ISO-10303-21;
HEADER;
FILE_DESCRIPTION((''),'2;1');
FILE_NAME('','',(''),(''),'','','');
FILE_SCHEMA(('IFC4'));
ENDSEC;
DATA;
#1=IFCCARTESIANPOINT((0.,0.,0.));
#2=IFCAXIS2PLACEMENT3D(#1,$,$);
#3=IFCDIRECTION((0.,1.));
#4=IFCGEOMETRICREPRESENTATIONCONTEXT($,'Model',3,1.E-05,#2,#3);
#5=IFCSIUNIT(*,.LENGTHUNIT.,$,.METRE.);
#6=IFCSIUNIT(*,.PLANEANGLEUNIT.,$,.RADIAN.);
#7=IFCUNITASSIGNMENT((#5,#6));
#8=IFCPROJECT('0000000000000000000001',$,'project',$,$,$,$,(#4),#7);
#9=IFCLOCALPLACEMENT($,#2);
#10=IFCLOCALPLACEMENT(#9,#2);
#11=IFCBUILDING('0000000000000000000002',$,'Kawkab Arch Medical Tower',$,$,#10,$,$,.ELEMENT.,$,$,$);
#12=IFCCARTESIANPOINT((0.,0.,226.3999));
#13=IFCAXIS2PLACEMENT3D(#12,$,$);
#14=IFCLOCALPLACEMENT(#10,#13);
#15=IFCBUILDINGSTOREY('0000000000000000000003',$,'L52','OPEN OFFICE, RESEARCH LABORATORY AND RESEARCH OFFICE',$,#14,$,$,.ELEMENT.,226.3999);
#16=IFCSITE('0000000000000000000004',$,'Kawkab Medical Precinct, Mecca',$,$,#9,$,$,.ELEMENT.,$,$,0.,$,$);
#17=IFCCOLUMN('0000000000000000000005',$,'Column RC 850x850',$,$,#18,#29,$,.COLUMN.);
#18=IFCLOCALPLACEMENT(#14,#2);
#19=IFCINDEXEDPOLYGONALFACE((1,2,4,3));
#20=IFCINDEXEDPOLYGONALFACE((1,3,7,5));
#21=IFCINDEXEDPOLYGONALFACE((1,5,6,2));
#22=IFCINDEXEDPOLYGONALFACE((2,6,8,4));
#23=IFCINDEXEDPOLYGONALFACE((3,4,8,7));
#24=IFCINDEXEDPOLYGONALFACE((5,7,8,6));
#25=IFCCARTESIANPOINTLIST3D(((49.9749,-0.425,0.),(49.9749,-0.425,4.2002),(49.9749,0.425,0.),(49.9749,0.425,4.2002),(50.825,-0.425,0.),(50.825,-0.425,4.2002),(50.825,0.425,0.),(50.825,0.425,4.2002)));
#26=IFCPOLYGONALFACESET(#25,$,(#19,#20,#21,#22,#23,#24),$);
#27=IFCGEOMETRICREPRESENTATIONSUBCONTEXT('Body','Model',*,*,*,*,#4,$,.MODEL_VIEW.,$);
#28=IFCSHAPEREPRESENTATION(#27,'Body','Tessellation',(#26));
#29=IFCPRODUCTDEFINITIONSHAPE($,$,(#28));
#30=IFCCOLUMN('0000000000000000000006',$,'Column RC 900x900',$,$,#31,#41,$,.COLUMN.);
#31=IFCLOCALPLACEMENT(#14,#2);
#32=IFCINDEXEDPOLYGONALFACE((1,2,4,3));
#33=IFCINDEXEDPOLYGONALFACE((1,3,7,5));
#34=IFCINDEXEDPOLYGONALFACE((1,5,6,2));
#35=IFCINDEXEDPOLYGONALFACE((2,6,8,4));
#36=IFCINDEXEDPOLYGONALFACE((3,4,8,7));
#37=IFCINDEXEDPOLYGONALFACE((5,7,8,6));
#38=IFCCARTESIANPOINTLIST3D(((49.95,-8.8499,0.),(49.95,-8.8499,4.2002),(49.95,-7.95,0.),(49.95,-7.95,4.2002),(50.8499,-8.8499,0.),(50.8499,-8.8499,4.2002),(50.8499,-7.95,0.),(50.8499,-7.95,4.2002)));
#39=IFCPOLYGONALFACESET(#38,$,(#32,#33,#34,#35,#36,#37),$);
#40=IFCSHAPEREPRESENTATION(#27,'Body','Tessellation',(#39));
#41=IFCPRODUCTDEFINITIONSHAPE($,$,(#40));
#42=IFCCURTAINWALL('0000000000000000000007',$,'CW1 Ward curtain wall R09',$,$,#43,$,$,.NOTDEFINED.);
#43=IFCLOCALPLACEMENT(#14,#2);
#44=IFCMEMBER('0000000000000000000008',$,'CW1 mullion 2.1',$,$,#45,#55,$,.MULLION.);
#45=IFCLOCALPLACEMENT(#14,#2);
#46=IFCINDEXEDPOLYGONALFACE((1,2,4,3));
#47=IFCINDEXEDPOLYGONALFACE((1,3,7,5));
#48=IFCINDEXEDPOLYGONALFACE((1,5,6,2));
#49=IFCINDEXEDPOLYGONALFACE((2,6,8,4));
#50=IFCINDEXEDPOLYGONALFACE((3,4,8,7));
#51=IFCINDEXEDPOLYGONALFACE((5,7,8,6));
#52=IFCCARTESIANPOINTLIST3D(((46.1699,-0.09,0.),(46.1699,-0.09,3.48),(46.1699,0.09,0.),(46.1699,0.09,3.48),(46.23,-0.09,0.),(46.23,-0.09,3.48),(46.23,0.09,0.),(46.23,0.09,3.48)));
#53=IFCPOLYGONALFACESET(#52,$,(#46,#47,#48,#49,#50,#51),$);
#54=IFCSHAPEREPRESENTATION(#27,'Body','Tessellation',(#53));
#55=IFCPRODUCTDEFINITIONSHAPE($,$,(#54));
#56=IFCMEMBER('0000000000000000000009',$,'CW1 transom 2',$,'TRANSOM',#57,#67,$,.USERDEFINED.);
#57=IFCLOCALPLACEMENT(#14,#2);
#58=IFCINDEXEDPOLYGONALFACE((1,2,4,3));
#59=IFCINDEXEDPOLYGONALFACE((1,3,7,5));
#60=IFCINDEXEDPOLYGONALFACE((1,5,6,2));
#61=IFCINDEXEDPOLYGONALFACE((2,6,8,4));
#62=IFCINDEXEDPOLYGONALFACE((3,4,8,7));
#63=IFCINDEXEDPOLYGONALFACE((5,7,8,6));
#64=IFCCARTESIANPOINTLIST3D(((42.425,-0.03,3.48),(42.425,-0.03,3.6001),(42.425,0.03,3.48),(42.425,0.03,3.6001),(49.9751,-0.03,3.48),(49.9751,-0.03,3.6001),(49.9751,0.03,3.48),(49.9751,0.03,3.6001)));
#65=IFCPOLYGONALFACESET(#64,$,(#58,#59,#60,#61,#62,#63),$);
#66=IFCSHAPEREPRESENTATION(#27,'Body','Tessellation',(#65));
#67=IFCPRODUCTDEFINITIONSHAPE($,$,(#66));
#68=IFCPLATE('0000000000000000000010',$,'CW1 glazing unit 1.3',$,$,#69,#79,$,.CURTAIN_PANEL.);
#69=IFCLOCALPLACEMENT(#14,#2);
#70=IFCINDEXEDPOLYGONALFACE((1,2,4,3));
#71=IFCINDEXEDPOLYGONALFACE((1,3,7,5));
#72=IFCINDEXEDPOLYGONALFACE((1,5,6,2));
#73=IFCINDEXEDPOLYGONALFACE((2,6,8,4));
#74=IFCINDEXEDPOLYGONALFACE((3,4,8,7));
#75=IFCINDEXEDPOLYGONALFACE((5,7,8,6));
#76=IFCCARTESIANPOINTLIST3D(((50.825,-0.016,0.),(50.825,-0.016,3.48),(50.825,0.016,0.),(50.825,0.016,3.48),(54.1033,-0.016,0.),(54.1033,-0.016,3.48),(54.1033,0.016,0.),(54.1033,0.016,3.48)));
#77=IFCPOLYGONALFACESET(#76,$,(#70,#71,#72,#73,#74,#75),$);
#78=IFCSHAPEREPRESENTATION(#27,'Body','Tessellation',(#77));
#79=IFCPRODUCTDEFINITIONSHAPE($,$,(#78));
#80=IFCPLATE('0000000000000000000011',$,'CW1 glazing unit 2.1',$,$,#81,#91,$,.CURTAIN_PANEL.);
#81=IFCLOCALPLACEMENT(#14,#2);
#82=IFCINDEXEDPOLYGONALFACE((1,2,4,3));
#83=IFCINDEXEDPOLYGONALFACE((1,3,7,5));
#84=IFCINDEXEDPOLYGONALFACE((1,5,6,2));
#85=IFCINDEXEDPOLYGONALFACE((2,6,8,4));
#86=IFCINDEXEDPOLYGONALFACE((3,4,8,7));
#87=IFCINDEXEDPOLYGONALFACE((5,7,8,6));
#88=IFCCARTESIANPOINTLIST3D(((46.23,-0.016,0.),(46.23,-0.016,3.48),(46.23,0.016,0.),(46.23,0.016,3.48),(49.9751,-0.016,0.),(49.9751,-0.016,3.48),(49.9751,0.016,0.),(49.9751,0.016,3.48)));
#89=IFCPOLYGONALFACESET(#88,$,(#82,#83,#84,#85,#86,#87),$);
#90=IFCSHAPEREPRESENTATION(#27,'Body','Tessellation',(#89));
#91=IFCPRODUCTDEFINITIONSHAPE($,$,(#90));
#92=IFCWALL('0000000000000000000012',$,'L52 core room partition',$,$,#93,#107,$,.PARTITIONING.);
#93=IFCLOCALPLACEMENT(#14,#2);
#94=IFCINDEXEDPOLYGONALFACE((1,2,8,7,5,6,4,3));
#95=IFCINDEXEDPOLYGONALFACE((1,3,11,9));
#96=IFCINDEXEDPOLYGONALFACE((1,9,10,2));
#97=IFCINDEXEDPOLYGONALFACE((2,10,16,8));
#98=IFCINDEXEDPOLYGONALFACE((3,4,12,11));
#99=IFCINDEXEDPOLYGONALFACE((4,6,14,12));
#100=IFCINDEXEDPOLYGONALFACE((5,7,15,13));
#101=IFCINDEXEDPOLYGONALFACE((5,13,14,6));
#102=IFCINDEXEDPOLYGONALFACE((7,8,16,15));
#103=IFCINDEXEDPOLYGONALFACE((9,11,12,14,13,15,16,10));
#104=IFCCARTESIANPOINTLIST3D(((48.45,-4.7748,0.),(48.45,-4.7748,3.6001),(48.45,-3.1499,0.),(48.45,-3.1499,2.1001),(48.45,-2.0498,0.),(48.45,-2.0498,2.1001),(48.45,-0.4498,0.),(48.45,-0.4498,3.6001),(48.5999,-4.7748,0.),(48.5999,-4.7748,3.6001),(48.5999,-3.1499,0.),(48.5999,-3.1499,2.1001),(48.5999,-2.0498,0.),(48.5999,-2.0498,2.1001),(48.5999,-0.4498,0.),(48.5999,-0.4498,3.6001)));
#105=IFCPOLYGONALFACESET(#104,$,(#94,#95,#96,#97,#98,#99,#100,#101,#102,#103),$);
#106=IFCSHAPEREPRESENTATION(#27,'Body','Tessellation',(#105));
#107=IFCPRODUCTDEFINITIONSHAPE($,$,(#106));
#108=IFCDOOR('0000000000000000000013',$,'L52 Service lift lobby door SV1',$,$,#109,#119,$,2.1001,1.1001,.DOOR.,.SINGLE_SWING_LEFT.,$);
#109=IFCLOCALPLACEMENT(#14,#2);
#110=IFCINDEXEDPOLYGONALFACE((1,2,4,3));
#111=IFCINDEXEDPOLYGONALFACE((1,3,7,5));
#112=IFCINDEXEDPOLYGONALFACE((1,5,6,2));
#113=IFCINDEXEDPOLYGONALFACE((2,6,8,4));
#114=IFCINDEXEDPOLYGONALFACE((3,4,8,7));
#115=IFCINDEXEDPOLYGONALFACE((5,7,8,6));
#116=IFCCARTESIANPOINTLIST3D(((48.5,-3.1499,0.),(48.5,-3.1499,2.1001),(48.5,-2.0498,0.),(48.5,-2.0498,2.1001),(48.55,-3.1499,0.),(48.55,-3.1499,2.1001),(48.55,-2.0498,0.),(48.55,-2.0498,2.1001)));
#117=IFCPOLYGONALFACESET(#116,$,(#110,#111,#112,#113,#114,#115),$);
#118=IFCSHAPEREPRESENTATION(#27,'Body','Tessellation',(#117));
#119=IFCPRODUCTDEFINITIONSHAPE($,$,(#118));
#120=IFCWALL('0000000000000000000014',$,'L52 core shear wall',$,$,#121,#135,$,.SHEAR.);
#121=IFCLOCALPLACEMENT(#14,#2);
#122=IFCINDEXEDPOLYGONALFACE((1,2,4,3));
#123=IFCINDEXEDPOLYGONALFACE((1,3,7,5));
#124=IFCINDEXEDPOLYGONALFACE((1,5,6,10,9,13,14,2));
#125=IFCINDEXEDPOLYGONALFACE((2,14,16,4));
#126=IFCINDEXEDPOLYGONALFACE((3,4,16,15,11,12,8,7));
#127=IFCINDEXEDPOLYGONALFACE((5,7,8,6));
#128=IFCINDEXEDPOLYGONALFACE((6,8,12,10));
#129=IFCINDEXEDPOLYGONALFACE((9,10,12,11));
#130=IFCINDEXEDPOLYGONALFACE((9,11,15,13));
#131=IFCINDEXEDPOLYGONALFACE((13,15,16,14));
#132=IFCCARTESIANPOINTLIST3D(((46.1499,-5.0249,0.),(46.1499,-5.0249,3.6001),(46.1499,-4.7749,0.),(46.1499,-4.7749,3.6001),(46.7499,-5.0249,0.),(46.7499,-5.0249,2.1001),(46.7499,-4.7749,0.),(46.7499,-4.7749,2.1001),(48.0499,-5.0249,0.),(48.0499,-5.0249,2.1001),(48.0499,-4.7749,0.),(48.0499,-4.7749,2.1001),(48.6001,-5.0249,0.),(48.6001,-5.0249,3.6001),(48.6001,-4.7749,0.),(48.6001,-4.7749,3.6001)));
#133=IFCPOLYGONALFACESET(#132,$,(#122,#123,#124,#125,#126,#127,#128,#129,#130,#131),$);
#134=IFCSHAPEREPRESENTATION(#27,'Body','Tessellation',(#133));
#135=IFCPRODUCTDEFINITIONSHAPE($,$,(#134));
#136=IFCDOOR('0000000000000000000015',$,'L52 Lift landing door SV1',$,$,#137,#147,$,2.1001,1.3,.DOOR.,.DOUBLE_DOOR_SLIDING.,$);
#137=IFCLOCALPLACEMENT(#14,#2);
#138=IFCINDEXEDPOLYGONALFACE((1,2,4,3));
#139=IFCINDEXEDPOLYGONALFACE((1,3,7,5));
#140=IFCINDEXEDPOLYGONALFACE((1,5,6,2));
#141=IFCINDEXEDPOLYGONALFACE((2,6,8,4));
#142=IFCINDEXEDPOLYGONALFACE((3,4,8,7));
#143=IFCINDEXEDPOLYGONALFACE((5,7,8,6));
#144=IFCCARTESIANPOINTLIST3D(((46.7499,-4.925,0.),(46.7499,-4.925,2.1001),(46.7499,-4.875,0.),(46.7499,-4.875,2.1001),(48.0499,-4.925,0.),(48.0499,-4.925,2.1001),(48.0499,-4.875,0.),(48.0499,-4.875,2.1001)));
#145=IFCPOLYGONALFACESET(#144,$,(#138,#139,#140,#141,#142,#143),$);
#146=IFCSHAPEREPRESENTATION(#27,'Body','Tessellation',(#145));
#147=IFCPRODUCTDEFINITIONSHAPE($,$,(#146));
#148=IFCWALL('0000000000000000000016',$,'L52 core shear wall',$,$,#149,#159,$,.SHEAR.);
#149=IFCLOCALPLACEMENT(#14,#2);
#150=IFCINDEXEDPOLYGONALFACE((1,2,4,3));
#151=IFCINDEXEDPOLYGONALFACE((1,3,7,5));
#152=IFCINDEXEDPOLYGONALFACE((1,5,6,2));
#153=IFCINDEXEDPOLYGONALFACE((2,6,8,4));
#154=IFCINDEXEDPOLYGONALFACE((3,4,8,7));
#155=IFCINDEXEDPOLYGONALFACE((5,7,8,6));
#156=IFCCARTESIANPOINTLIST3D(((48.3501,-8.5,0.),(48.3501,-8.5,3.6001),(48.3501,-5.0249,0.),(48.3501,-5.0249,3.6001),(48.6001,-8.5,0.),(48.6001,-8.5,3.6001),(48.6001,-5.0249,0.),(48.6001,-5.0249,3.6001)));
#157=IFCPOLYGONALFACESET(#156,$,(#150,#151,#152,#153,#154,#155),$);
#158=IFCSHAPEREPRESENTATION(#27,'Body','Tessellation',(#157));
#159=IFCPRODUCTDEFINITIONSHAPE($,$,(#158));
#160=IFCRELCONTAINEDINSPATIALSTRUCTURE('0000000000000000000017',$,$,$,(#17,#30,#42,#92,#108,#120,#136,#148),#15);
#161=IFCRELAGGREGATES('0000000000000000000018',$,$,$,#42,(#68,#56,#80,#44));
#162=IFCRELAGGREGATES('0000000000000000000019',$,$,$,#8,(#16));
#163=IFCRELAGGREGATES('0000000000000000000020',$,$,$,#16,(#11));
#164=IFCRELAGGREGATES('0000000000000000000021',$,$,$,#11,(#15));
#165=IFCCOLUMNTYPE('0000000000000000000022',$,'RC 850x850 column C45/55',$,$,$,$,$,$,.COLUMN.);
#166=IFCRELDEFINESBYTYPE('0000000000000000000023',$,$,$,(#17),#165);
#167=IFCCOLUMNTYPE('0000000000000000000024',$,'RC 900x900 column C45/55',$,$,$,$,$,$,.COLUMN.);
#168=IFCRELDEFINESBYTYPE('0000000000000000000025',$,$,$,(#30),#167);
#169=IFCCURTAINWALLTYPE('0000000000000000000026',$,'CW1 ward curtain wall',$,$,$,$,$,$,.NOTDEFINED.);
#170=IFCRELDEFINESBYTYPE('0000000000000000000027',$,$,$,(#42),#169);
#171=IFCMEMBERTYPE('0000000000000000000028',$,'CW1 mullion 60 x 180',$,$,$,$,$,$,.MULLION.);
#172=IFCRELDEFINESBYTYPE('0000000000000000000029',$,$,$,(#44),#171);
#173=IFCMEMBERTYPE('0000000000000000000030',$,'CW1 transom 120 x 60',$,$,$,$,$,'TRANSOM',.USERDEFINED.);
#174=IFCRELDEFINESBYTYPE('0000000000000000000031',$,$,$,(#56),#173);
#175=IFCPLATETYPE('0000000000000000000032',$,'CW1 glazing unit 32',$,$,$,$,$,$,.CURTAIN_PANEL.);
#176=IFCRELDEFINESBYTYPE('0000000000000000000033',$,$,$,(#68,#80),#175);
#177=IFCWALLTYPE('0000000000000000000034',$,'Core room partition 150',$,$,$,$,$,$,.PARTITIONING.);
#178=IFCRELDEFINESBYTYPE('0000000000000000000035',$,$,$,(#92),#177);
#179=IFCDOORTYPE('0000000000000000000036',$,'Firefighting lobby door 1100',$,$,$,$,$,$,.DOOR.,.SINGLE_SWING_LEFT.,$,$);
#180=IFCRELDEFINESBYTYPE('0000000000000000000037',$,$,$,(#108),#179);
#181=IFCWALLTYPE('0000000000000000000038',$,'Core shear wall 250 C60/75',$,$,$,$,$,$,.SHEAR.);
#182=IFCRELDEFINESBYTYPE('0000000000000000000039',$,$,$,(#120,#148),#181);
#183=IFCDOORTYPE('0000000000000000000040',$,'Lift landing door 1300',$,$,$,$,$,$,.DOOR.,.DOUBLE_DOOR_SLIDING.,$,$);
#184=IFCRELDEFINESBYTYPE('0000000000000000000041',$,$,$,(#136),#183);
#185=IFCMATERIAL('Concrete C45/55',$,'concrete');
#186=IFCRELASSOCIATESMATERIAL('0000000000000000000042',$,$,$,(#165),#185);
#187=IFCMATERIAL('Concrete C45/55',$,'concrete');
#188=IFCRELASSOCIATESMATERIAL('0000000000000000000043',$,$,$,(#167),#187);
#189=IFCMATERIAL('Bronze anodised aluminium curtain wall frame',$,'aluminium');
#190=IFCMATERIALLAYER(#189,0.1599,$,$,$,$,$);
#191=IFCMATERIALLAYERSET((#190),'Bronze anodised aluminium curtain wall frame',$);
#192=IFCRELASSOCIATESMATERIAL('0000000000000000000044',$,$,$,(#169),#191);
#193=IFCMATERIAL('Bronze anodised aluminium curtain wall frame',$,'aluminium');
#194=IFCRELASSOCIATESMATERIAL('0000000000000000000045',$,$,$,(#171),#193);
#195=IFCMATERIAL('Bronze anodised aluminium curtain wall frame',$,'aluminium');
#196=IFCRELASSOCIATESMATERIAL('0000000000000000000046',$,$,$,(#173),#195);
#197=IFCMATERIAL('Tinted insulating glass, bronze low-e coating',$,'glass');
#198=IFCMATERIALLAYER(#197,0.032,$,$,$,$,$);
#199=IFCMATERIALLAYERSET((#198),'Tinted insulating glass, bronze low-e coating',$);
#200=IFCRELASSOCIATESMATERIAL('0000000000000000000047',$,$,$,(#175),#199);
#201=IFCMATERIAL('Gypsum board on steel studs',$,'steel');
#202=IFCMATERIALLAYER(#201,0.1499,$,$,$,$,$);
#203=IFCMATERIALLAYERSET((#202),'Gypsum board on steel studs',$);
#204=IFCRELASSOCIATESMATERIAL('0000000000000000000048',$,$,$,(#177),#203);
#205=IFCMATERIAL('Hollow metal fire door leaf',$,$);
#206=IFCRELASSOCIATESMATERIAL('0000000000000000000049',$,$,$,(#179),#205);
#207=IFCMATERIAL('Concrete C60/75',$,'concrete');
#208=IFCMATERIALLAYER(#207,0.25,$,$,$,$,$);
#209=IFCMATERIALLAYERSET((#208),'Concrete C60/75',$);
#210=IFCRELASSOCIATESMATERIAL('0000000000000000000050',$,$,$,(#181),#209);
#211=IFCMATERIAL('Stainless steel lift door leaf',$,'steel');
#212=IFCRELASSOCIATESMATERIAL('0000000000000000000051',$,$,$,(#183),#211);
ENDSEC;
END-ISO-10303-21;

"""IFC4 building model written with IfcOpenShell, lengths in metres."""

from ifc_helpers import new_model, si_unit, direction, frame, frame_2d, origin, origin_2d, place, context, subcontext, project, spatial, rectangle, extrude, material, layer, layer_set, material_profile, profile_set, type_object, element, fill, aggregate, save


model = new_model("IFC4")

# Units and contexts
model_context = context("Model", 3, precision=1e-05, world=origin(), true_north=direction((0.0, 1.0)))
body_context = subcontext(model_context, "Body", "Model", "MODEL_VIEW")
ifc_project = project(units=[si_unit("LENGTHUNIT", "METRE"), si_unit("PLANEANGLEUNIT", "RADIAN")], contexts=[model_context])

# Site, building, storey
site_placement = place(None, origin())
site = spatial("IfcSite", under=ifc_project, at=site_placement, Name="Kawkab Medical Precinct, Mecca", CompositionType="ELEMENT", RefElevation=0.0)
building_placement = place(site_placement, origin())
building = spatial("IfcBuilding", under=site, at=building_placement, Name="Kawkab Arch Medical Tower", CompositionType="ELEMENT")
storey_placement = place(building_placement, frame((0.0, 0.0, 226.3999)))
storey = spatial("IfcBuildingStorey", under=building, at=storey_placement, Name="L52", Description="OPEN OFFICE, RESEARCH LABORATORY AND RESEARCH OFFICE", CompositionType="ELEMENT", Elevation=226.3999)

# Columns
ifc_material_1 = material(Name="Concrete C45/55", Category="concrete")
ifc_material_profile_1 = material_profile(ifc_material_1, rectangle(XDim=0.8501, YDim=0.8501, at=origin_2d()), Name="RC 850x850")
ifc_profile_set_1 = profile_set([ifc_material_profile_1], Name="Concrete C45/55")
column_type_1 = type_object("IfcColumnType", Name="RC 850x850 column C45/55", PredefinedType="COLUMN", material=ifc_profile_set_1)
column_1_placement = place(storey_placement, frame((50.3999, 0.0, 0.0), z_axis=(0.0, 0.0, 1.0), x_axis=(1.0, 0.0, 0.0)))
element("IfcColumn", 1, at=column_1_placement, inside=storey, type_object=column_type_1, Name="Column RC 850x850", PredefinedType="COLUMN", context=body_context, shape_type="SweptSolid", body=[
    extrude(rectangle(XDim=0.8501, YDim=0.8501, at=origin_2d()), origin(), (0.0, 0.0, 1.0), 4.2002),
])
ifc_material_2 = material(Name="Concrete C45/55", Category="concrete")
ifc_material_profile_2 = material_profile(ifc_material_2, rectangle(XDim=0.8999, YDim=0.8999, at=origin_2d()), Name="RC 900x900")
ifc_profile_set_2 = profile_set([ifc_material_profile_2], Name="Concrete C45/55")
column_type_2 = type_object("IfcColumnType", Name="RC 900x900 column C45/55", PredefinedType="COLUMN", material=ifc_profile_set_2)
column_2_placement = place(storey_placement, frame((50.3999, -8.3999, 0.0), z_axis=(0.0, 0.0, 1.0), x_axis=(1.0, 0.0, 0.0)))
element("IfcColumn", 2, at=column_2_placement, inside=storey, type_object=column_type_2, Name="Column RC 900x900", PredefinedType="COLUMN", context=body_context, shape_type="SweptSolid", body=[
    extrude(rectangle(XDim=0.8999, YDim=0.8999, at=origin_2d()), origin(), (0.0, 0.0, 1.0), 4.2002),
])

# Curtain wall, members, plates
ifc_material_3 = material(Name="Bronze anodised aluminium curtain wall frame", Category="aluminium")
ifc_layer_1 = layer(ifc_material_3, 0.1599)
ifc_layer_set_1 = layer_set([ifc_layer_1], Name="Bronze anodised aluminium curtain wall frame")
curtain_wall_type = type_object("IfcCurtainWallType", Name="CW1 ward curtain wall", PredefinedType="NOTDEFINED", material=ifc_layer_set_1)
placement = place(storey_placement, origin())
curtain_wall = element("IfcCurtainWall", 3, at=placement, inside=storey, type_object=curtain_wall_type, Name="CW1 Ward curtain wall R09", PredefinedType="NOTDEFINED")
ifc_material_4 = material(Name="Bronze anodised aluminium curtain wall frame", Category="aluminium")
ifc_material_profile_3 = material_profile(ifc_material_4, rectangle(XDim=0.1799, YDim=0.0601, at=origin_2d()), Name="AL 60x180")
ifc_profile_set_3 = profile_set([ifc_material_profile_3], Name="Bronze anodised aluminium curtain wall frame")
member_type_1 = type_object("IfcMemberType", Name="CW1 mullion 60 x 180", PredefinedType="MULLION", material=ifc_profile_set_3)
member_1_placement = place(storey_placement, frame((46.2, 0.0, 0.0), z_axis=(0.0, 0.0, 1.0), x_axis=(0.0, -1.0, 0.0)))
member_1 = element("IfcMember", 4, at=member_1_placement, type_object=member_type_1, Name="CW1 mullion 2.1", PredefinedType="MULLION", context=body_context, shape_type="SweptSolid", body=[
    extrude(rectangle(XDim=0.1799, YDim=0.0601, at=origin_2d()), origin(), (0.0, 0.0, 1.0), 3.48),
])
ifc_material_5 = material(Name="Bronze anodised aluminium curtain wall frame", Category="aluminium")
ifc_material_profile_4 = material_profile(ifc_material_5, rectangle(XDim=0.0601, YDim=0.1201, at=origin_2d()), Name="AL 60x120")
ifc_profile_set_4 = profile_set([ifc_material_profile_4], Name="Bronze anodised aluminium curtain wall frame")
member_type_2 = type_object("IfcMemberType", Name="CW1 transom 120 x 60", ElementType="TRANSOM", PredefinedType="USERDEFINED", material=ifc_profile_set_4)
member_2_placement = place(storey_placement, frame((49.9751, 0.0, 3.54), z_axis=(-1.0, 0.0, 0.0), x_axis=(0.0, -1.0, 0.0)))
member_2 = element("IfcMember", 5, at=member_2_placement, type_object=member_type_2, Name="CW1 transom 2", ObjectType="TRANSOM", PredefinedType="USERDEFINED", context=body_context, shape_type="SweptSolid", body=[
    extrude(rectangle(XDim=0.0601, YDim=0.1201, at=origin_2d()), origin(), (0.0, 0.0, 1.0), 7.55),
])
ifc_material_6 = material(Name="Tinted insulating glass, bronze low-e coating", Category="glass")
ifc_layer_2 = layer(ifc_material_6, 0.032)
ifc_layer_set_2 = layer_set([ifc_layer_2], Name="Tinted insulating glass, bronze low-e coating")
plate_type = type_object("IfcPlateType", Name="CW1 glazing unit 32", PredefinedType="CURTAIN_PANEL", material=ifc_layer_set_2)
plate_1_placement = place(storey_placement, frame((52.4641, 0.0, 0.0), z_axis=(0.0, 0.0, 1.0), x_axis=(-1.0, 0.0, 0.0)))
plate_1 = element("IfcPlate", 6, at=plate_1_placement, type_object=plate_type, Name="CW1 glazing unit 1.3", PredefinedType="CURTAIN_PANEL", context=body_context, shape_type="SweptSolid", body=[
    extrude(rectangle(XDim=3.2783, YDim=0.032, at=origin_2d()), origin(), (0.0, 0.0, 1.0), 3.48),
])
plate_2_placement = place(storey_placement, frame((48.1025, 0.0, 0.0), z_axis=(0.0, 0.0, 1.0), x_axis=(-1.0, 0.0, 0.0)))
plate_2 = element("IfcPlate", 7, at=plate_2_placement, type_object=plate_type, Name="CW1 glazing unit 2.1", PredefinedType="CURTAIN_PANEL", context=body_context, shape_type="SweptSolid", body=[
    extrude(rectangle(XDim=3.7451, YDim=0.032, at=origin_2d()), origin(), (0.0, 0.0, 1.0), 3.48),
])
aggregate(curtain_wall, [plate_1, member_2, plate_2, member_1])

# Walls, openings, doors
ifc_material_7 = material(Name="Gypsum board on steel studs", Category="steel")
ifc_layer_3 = layer(ifc_material_7, 0.1499)
ifc_layer_set_3 = layer_set([ifc_layer_3], Name="Gypsum board on steel studs")
wall_type_1 = type_object("IfcWallType", Name="Core room partition 150", PredefinedType="PARTITIONING", material=ifc_layer_set_3)
wall_1_placement = place(storey_placement, frame((48.5249, -4.7749, 0.0), z_axis=(0.0, 0.0, 1.0), x_axis=(0.0, 1.0, 0.0)))
wall_1 = element("IfcWall", 8, at=wall_1_placement, inside=storey, type_object=wall_type_1, Name="L52 core room partition", PredefinedType="PARTITIONING", context=body_context, shape_type="SweptSolid", body=[
    extrude(rectangle(XDim=4.325, YDim=0.1499, at=frame_2d((2.1626, 0.0))), origin(), (0.0, 0.0, 1.0), 3.6001),
])
opening_1_placement = place(wall_1_placement, frame((1.625, 0.0, 0.0)))
opening_1 = element("IfcOpeningElement", 9, at=opening_1_placement, cuts=wall_1, PredefinedType="OPENING", context=body_context, shape_type="SweptSolid", body=[
    extrude(rectangle(XDim=1.1001, YDim=2.1001, at=frame_2d((0.55, 1.05))), frame((0.0, 0.085, 0.0), z_axis=(0.0, -1.0, 0.0), x_axis=(1.0, 0.0, 0.0)), (0.0, 0.0, 1.0), 0.1699),
])
ifc_material_8 = material(Name="Hollow metal fire door leaf")
door_type_1 = type_object("IfcDoorType", Name="Firefighting lobby door 1100", OperationType="SINGLE_SWING_LEFT", PredefinedType="DOOR", material=ifc_material_8)
door_1_placement = place(opening_1_placement, origin())
door_1 = element("IfcDoor", 10, at=door_1_placement, inside=storey, type_object=door_type_1, Name="L52 Service lift lobby door SV1", OperationType="SINGLE_SWING_LEFT", OverallHeight=2.1001, OverallWidth=1.1001, PredefinedType="DOOR", context=body_context, shape_type="SweptSolid", body=[
    extrude(rectangle(XDim=1.1001, YDim=2.1001, at=frame_2d((0.55, 1.05))), frame((0.0, 0.0249, 0.0), z_axis=(0.0, -1.0, 0.0), x_axis=(1.0, 0.0, 0.0)), (0.0, 0.0, 1.0), 0.05),
])
fill(opening_1, door_1)
ifc_material_9 = material(Name="Concrete C60/75", Category="concrete")
ifc_layer_4 = layer(ifc_material_9, 0.25)
ifc_layer_set_4 = layer_set([ifc_layer_4], Name="Concrete C60/75")
wall_type_2 = type_object("IfcWallType", Name="Core shear wall 250 C60/75", PredefinedType="SHEAR", material=ifc_layer_set_4)
wall_2_placement = place(storey_placement, frame((46.1499, -4.8999, 0.0), z_axis=(0.0, 0.0, 1.0), x_axis=(1.0, 0.0, 0.0)))
wall_2 = element("IfcWall", 11, at=wall_2_placement, inside=storey, type_object=wall_type_2, Name="L52 core shear wall", PredefinedType="SHEAR", context=body_context, shape_type="SweptSolid", body=[
    extrude(rectangle(XDim=2.4502, YDim=0.25, at=frame_2d((1.2251, 0.0))), origin(), (0.0, 0.0, 1.0), 3.6001),
])
opening_2_placement = place(wall_2_placement, frame((0.6001, 0.0, 0.0)))
opening_2 = element("IfcOpeningElement", 12, at=opening_2_placement, cuts=wall_2, PredefinedType="OPENING", context=body_context, shape_type="SweptSolid", body=[
    extrude(rectangle(XDim=1.3, YDim=2.1001, at=frame_2d((0.6499, 1.05))), frame((0.0, 0.135, 0.0), z_axis=(0.0, -1.0, 0.0), x_axis=(1.0, 0.0, 0.0)), (0.0, 0.0, 1.0), 0.27),
])
ifc_material_10 = material(Name="Stainless steel lift door leaf", Category="steel")
door_type_2 = type_object("IfcDoorType", Name="Lift landing door 1300", OperationType="DOUBLE_DOOR_SLIDING", PredefinedType="DOOR", material=ifc_material_10)
door_2_placement = place(opening_2_placement, origin())
door_2 = element("IfcDoor", 13, at=door_2_placement, inside=storey, type_object=door_type_2, Name="L52 Lift landing door SV1", OperationType="DOUBLE_DOOR_SLIDING", OverallHeight=2.1001, OverallWidth=1.3, PredefinedType="DOOR", context=body_context, shape_type="SweptSolid", body=[
    extrude(rectangle(XDim=1.3, YDim=2.1001, at=frame_2d((0.6499, 1.05))), frame((0.0, 0.0249, 0.0), z_axis=(0.0, -1.0, 0.0), x_axis=(1.0, 0.0, 0.0)), (0.0, 0.0, 1.0), 0.05),
])
fill(opening_2, door_2)

# Wall
wall_3_placement = place(storey_placement, frame((48.4751, -8.5, 0.0), z_axis=(0.0, 0.0, 1.0), x_axis=(0.0, 1.0, 0.0)))
element("IfcWall", 14, at=wall_3_placement, inside=storey, type_object=wall_type_2, Name="L52 core shear wall", PredefinedType="SHEAR", context=body_context, shape_type="SweptSolid", body=[
    extrude(rectangle(XDim=3.4751, YDim=0.25, at=frame_2d((1.7375, 0.0))), origin(), (0.0, 0.0, 1.0), 3.6001),
])

save(model, "model.ifc")
